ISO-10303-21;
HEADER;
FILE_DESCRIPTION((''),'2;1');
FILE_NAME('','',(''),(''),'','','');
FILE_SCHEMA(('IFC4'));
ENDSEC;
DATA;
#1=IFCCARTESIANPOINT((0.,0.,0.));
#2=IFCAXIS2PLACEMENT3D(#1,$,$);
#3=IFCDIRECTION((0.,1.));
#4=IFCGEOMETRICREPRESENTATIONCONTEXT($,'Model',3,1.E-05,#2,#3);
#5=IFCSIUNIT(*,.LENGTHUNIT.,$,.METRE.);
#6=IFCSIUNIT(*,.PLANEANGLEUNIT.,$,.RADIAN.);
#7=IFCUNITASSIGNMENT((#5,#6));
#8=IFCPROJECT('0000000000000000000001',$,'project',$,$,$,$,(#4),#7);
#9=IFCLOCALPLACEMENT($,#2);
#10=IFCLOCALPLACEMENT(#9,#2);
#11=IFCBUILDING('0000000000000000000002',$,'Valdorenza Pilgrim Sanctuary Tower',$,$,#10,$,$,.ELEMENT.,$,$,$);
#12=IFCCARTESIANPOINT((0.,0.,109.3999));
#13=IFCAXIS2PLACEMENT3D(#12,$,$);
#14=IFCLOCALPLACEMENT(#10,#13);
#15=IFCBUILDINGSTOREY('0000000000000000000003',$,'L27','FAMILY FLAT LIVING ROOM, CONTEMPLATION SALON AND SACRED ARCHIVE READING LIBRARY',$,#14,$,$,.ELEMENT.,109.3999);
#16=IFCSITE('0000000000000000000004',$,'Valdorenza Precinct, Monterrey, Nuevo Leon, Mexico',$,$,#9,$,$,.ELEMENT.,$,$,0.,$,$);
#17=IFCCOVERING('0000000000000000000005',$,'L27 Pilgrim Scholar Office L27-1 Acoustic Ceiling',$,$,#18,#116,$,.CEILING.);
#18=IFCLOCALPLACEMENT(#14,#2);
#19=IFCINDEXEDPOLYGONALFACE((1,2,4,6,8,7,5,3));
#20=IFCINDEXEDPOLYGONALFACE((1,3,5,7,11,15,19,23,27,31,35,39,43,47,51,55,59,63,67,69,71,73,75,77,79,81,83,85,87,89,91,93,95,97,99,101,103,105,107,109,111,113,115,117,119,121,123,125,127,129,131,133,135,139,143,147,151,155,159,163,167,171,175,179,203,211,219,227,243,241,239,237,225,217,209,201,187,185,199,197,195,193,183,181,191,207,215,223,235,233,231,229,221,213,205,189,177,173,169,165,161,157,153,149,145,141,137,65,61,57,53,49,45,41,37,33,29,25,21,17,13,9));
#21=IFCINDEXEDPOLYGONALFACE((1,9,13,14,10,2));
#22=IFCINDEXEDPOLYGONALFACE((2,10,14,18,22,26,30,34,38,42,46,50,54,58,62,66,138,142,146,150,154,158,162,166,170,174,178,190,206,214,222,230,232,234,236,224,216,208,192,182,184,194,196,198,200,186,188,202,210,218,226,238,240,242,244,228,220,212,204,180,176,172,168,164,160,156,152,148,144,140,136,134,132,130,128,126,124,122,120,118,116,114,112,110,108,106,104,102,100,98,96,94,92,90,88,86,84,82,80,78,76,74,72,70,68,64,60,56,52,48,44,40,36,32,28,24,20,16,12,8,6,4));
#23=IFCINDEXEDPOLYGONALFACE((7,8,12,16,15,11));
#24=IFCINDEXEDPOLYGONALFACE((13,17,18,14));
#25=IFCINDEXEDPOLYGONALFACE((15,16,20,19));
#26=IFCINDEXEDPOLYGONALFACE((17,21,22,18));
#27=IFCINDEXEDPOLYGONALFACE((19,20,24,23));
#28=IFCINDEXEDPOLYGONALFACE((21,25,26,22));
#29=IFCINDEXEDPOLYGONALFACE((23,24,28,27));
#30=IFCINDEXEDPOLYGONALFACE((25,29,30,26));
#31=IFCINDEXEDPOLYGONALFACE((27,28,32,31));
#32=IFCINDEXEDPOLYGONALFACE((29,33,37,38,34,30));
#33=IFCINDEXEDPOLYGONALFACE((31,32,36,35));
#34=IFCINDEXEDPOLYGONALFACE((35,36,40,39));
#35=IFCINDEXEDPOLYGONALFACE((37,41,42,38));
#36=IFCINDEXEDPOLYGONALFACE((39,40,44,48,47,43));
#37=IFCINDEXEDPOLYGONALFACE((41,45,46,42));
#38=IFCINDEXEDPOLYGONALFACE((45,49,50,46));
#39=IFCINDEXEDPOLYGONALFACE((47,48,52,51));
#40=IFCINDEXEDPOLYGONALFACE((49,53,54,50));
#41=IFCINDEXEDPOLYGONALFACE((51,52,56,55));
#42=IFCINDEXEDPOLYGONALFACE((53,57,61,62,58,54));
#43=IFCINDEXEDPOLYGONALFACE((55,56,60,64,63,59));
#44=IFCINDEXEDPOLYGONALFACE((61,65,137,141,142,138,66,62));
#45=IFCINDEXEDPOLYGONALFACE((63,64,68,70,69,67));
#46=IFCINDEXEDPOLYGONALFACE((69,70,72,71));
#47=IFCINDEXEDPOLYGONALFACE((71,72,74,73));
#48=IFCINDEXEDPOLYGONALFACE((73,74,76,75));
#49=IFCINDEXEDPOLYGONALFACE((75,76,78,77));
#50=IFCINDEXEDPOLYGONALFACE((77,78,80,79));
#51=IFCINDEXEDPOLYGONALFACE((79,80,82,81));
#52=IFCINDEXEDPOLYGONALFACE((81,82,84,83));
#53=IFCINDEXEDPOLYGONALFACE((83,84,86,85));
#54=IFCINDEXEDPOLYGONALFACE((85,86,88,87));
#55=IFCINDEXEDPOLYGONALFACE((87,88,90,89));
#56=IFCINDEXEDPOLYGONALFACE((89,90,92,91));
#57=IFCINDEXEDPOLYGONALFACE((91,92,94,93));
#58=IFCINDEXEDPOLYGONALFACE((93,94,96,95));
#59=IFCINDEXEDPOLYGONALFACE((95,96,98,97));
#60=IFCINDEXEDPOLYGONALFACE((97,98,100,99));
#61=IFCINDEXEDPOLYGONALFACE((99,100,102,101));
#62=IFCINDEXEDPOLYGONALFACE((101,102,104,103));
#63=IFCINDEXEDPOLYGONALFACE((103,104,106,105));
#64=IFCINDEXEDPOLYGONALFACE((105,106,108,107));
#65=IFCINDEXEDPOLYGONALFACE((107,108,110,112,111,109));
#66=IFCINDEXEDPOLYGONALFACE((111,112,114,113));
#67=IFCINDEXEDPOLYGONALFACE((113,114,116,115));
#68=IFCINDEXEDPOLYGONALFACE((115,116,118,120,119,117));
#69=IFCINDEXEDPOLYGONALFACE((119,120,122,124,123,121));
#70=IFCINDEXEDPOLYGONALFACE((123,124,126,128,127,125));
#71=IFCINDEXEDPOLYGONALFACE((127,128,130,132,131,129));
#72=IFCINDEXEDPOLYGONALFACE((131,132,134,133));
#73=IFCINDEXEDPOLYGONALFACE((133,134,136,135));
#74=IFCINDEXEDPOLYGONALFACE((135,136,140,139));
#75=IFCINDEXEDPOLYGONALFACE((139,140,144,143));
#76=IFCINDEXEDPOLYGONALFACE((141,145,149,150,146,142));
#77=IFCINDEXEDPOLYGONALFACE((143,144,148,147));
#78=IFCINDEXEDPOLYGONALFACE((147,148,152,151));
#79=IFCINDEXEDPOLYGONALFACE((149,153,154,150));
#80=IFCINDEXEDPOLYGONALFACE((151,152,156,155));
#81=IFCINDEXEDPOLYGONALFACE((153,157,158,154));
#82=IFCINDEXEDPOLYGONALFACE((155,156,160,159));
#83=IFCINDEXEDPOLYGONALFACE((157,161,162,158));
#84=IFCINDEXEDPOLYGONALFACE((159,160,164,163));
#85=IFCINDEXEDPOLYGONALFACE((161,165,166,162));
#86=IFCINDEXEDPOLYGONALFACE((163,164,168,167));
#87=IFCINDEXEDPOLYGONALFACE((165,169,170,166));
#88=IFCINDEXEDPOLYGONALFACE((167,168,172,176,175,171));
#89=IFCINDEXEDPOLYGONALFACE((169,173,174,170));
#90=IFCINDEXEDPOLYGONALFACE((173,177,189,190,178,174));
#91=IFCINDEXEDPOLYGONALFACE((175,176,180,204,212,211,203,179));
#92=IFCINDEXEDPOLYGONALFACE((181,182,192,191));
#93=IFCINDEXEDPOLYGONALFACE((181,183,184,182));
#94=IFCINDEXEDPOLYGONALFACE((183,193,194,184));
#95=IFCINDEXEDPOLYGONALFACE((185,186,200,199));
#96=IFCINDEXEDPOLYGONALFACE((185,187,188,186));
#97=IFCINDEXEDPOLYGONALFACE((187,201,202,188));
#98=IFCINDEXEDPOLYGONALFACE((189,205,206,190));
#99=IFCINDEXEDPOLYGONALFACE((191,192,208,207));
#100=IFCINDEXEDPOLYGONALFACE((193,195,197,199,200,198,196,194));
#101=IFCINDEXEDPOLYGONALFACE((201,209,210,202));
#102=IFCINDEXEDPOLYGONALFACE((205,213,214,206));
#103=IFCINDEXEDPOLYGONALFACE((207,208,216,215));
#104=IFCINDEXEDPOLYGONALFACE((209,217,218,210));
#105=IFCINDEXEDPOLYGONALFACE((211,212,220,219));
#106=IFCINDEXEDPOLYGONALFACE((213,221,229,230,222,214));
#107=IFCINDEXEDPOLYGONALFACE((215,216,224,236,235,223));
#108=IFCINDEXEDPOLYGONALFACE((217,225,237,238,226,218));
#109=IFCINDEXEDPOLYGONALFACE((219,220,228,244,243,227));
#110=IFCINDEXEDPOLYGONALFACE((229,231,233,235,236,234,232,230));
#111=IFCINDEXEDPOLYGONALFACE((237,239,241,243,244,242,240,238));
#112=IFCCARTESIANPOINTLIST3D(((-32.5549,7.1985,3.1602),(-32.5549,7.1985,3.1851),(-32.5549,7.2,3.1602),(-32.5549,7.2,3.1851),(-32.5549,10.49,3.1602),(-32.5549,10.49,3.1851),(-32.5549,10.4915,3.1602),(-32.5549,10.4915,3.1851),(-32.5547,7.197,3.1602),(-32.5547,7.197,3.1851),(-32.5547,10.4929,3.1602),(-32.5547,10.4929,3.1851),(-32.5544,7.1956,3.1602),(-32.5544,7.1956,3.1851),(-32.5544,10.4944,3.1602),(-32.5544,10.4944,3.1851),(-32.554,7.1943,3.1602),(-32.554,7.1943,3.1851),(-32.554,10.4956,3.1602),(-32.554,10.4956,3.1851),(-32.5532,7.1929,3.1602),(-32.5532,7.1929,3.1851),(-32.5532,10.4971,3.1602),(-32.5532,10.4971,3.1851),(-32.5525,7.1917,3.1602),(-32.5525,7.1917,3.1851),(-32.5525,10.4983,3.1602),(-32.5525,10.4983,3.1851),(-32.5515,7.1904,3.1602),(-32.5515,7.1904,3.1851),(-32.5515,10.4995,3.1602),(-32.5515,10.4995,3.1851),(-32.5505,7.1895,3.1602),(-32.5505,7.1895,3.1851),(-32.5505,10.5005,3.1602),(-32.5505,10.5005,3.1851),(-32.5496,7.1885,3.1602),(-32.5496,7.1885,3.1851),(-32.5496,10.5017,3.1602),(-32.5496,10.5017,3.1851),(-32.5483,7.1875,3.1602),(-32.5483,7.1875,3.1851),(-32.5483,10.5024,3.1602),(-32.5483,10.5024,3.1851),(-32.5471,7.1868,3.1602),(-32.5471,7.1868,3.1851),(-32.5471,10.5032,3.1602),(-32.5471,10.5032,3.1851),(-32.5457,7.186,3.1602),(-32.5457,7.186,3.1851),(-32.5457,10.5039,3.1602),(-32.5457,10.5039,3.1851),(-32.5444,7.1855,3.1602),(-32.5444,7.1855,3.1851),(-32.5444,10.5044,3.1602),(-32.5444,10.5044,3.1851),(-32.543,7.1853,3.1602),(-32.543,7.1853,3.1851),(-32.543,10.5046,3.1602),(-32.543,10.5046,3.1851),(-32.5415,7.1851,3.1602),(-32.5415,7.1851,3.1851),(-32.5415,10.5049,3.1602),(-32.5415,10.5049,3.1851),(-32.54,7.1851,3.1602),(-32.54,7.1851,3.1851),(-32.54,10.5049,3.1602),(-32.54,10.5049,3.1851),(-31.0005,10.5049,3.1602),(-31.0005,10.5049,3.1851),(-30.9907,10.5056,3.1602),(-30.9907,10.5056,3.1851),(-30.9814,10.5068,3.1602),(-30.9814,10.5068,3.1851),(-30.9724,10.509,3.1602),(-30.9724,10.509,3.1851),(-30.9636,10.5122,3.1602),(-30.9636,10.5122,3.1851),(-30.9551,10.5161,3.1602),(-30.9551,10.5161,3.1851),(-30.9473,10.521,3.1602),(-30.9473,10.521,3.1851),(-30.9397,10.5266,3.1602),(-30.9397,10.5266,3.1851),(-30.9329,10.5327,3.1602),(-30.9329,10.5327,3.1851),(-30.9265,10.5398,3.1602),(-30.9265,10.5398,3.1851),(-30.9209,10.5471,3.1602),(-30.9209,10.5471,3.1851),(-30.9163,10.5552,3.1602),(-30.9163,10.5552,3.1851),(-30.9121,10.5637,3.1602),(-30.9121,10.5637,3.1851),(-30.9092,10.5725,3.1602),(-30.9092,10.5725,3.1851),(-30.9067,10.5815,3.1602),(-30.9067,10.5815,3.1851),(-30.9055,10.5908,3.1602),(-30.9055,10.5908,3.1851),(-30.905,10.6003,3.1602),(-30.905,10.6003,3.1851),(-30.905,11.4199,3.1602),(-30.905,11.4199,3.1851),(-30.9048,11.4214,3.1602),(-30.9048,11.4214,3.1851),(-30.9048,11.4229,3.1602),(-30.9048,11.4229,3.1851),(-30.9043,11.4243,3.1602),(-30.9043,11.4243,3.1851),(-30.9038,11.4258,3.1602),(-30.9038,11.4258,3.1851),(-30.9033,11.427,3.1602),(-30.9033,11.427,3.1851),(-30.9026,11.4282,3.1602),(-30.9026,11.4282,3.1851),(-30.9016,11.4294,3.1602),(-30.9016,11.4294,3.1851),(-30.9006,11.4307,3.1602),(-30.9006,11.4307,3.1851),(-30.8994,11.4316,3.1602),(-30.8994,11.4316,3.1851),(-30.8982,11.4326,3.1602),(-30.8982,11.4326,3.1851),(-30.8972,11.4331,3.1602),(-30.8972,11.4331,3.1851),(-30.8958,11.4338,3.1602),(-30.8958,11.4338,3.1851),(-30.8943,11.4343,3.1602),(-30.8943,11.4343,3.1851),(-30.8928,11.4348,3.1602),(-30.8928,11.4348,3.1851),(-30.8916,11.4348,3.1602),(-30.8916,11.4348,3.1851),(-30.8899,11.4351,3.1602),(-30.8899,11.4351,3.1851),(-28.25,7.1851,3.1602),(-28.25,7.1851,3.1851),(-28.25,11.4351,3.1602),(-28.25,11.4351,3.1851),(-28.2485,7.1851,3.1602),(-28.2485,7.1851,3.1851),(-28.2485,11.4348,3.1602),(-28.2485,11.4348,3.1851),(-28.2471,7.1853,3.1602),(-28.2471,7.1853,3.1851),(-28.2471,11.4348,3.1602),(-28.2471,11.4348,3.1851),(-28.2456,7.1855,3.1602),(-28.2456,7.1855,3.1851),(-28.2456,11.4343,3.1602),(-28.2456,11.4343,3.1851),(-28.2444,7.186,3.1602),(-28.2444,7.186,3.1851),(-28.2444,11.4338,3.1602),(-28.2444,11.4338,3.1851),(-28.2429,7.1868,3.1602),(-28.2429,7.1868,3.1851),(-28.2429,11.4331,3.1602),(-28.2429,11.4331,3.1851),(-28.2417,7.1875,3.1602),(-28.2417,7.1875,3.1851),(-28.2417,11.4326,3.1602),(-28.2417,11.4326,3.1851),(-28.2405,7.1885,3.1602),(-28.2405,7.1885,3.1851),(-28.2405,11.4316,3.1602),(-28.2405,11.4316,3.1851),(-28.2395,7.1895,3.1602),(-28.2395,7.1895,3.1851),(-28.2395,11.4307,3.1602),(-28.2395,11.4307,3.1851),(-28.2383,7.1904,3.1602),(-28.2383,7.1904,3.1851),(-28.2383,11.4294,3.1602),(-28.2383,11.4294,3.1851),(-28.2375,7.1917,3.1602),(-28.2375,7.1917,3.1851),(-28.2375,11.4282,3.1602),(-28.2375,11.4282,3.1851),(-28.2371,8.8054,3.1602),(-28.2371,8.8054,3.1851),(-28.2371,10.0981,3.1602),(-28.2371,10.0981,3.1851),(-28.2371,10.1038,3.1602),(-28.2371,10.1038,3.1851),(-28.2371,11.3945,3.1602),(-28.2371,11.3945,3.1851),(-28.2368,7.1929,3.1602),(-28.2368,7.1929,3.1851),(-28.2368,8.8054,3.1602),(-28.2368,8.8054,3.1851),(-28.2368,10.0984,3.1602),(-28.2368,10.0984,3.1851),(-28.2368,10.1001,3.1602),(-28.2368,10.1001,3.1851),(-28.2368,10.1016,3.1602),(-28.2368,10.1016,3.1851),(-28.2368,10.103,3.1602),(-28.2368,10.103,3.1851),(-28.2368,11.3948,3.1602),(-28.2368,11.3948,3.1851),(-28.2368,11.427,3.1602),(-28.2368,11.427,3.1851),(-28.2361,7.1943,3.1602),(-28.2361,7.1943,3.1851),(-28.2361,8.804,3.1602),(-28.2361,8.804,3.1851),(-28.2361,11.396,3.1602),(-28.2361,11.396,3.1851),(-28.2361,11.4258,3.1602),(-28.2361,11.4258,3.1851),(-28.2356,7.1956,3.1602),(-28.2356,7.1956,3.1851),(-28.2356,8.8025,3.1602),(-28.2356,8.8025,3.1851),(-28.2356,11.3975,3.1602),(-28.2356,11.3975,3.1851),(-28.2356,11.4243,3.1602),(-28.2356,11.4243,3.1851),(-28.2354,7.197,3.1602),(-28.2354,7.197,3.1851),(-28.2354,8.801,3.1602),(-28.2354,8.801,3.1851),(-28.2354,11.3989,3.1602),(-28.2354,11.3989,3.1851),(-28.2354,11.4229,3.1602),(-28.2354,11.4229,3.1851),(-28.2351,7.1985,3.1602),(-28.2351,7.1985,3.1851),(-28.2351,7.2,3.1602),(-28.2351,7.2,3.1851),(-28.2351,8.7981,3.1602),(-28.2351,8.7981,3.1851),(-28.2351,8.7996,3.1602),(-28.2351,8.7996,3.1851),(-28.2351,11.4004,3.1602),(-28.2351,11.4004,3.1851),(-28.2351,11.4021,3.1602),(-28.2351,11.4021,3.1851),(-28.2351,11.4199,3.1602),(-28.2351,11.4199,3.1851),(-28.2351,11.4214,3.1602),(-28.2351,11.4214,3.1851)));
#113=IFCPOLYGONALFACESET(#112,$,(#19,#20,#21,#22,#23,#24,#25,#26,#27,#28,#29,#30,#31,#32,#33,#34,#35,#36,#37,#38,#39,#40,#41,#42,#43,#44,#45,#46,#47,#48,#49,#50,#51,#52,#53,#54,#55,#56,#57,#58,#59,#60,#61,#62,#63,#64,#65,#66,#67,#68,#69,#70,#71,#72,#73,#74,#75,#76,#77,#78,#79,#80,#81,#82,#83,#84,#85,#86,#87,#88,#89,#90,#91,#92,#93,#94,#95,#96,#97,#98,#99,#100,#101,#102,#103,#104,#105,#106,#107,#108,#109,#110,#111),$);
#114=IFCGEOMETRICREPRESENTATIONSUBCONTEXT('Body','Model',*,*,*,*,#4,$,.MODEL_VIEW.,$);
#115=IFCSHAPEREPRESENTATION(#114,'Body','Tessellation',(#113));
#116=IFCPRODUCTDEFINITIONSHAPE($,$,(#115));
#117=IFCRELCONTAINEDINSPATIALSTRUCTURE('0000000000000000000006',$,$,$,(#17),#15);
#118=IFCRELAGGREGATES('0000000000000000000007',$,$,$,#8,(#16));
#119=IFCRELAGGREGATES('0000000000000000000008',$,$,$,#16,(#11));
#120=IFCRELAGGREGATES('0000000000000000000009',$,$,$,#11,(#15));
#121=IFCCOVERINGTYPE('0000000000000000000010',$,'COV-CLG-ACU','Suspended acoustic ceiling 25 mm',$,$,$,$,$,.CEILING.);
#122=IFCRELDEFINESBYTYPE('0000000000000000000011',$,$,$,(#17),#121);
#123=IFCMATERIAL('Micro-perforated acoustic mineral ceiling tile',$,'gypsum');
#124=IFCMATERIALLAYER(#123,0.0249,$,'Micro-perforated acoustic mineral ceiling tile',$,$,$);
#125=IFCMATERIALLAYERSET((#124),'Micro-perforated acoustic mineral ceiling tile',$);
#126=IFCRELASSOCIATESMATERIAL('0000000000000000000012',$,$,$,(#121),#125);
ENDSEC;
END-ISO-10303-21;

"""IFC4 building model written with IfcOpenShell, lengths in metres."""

from ifc_helpers import new_model, si_unit, direction, frame, origin, place, context, subcontext, project, spatial, polyline, outline, extrude, material, layer, layer_set, type_object, element, save


model = new_model("IFC4")

# Units and contexts
model_context = context("Model", 3, precision=1e-05, world=origin(), true_north=direction((0.0, 1.0)))
body_context = subcontext(model_context, "Body", "Model", "MODEL_VIEW")
ifc_project = project(units=[si_unit("LENGTHUNIT", "METRE"), si_unit("PLANEANGLEUNIT", "RADIAN")], contexts=[model_context])

# Site, building, storey
site_placement = place(None, origin())
site = spatial("IfcSite", under=ifc_project, at=site_placement, Name="Valdorenza Precinct, Monterrey, Nuevo Leon, Mexico", CompositionType="ELEMENT", RefElevation=0.0)
building_placement = place(site_placement, origin())
building = spatial("IfcBuilding", under=site, at=building_placement, Name="Valdorenza Pilgrim Sanctuary Tower", CompositionType="ELEMENT")
storey_placement = place(building_placement, frame((0.0, 0.0, 109.3999)))
storey = spatial("IfcBuildingStorey", under=building, at=storey_placement, Name="L27", Description="FAMILY FLAT LIVING ROOM, CONTEMPLATION SALON AND SACRED ARCHIVE READING LIBRARY", CompositionType="ELEMENT", Elevation=109.3999)

# Covering
ifc_material_1 = material(Name="Micro-perforated acoustic mineral ceiling tile", Category="gypsum")
ifc_layer_1 = layer(ifc_material_1, 0.0249, Name="Micro-perforated acoustic mineral ceiling tile")
ifc_layer_set_1 = layer_set([ifc_layer_1], Name="Micro-perforated acoustic mineral ceiling tile")
covering_type_1 = type_object("IfcCoveringType", Name="COV-CLG-ACU", Description="Suspended acoustic ceiling 25 mm", PredefinedType="CEILING", material=ifc_layer_set_1)
covering_1_placement = place(storey_placement, frame((0.0, 0.0, 3.1602)))
element("IfcCovering", 1, at=covering_1_placement, inside=storey, type_object=covering_type_1, Name="L27 Pilgrim Scholar Office L27-1 Acoustic Ceiling", PredefinedType="CEILING", context=body_context, shape_type="SweptSolid", body=[
    extrude(outline(polyline([(-28.2371, 8.8054), (-28.2368, 8.8054), (-28.2361, 8.804), (-28.2356, 8.8025), (-28.2354, 8.801), (-28.2351, 8.7996), (-28.2351, 8.7981), (-28.2351, 7.2), (-28.2351, 7.1985), (-28.2354, 7.197), (-28.2356, 7.1956), (-28.2361, 7.1943), (-28.2368, 7.1929), (-28.2375, 7.1917), (-28.2383, 7.1904), (-28.2395, 7.1895), (-28.2405, 7.1885), (-28.2417, 7.1875), (-28.2429, 7.1868), (-28.2444, 7.186), (-28.2456, 7.1855), (-28.2471, 7.1853), (-28.2485, 7.1851), (-28.25, 7.1851), (-32.54, 7.1851), (-32.5415, 7.1851), (-32.543, 7.1853), (-32.5444, 7.1855), (-32.5457, 7.186), (-32.5471, 7.1868), (-32.5483, 7.1875), (-32.5496, 7.1885), (-32.5505, 7.1895), (-32.5515, 7.1904), (-32.5525, 7.1917), (-32.5532, 7.1929), (-32.554, 7.1943), (-32.5544, 7.1956), (-32.5547, 7.197), (-32.5549, 7.1985), (-32.5549, 7.2), (-32.5549, 10.49), (-32.5549, 10.4915), (-32.5547, 10.4929), (-32.5544, 10.4944), (-32.554, 10.4956), (-32.5532, 10.4971), (-32.5525, 10.4983), (-32.5515, 10.4995), (-32.5505, 10.5005), (-32.5496, 10.5017), (-32.5483, 10.5024), (-32.5471, 10.5032), (-32.5457, 10.5039), (-32.5444, 10.5044), (-32.543, 10.5046), (-32.5415, 10.5049), (-32.54, 10.5049), (-31.0005, 10.5049), (-30.9907, 10.5056), (-30.9814, 10.5068), (-30.9724, 10.509), (-30.9636, 10.5122), (-30.9551, 10.5161), (-30.9473, 10.521), (-30.9397, 10.5266), (-30.9329, 10.5327), (-30.9265, 10.5398), (-30.9209, 10.5471), (-30.9163, 10.5552), (-30.9121, 10.5637), (-30.9092, 10.5725), (-30.9067, 10.5815), (-30.9055, 10.5908), (-30.905, 10.6003), (-30.905, 11.4199), (-30.9048, 11.4214), (-30.9048, 11.4229), (-30.9043, 11.4243), (-30.9038, 11.4258), (-30.9033, 11.427), (-30.9026, 11.4282), (-30.9016, 11.4294), (-30.9006, 11.4307), (-30.8994, 11.4316), (-30.8982, 11.4326), (-30.8972, 11.4331), (-30.8958, 11.4338), (-30.8943, 11.4343), (-30.8928, 11.4348), (-30.8916, 11.4348), (-30.8899, 11.4351), (-28.25, 11.4351), (-28.2485, 11.4348), (-28.2471, 11.4348), (-28.2456, 11.4343), (-28.2444, 11.4338), (-28.2429, 11.4331), (-28.2417, 11.4326), (-28.2405, 11.4316), (-28.2395, 11.4307), (-28.2383, 11.4294), (-28.2375, 11.4282), (-28.2368, 11.427), (-28.2361, 11.4258), (-28.2356, 11.4243), (-28.2354, 11.4229), (-28.2351, 11.4214), (-28.2351, 11.4199), (-28.2351, 11.4021), (-28.2351, 11.4004), (-28.2354, 11.3989), (-28.2356, 11.3975), (-28.2361, 11.396), (-28.2368, 11.3948), (-28.2371, 11.3945), (-28.2371, 10.1038), (-28.2368, 10.103), (-28.2368, 10.1016), (-28.2368, 10.1001), (-28.2368, 10.0984), (-28.2371, 10.0981), (-28.2371, 8.8054)])), origin(), (0.0, 0.0, 1.0), 0.0249),
])

save(model, "model.ifc")
